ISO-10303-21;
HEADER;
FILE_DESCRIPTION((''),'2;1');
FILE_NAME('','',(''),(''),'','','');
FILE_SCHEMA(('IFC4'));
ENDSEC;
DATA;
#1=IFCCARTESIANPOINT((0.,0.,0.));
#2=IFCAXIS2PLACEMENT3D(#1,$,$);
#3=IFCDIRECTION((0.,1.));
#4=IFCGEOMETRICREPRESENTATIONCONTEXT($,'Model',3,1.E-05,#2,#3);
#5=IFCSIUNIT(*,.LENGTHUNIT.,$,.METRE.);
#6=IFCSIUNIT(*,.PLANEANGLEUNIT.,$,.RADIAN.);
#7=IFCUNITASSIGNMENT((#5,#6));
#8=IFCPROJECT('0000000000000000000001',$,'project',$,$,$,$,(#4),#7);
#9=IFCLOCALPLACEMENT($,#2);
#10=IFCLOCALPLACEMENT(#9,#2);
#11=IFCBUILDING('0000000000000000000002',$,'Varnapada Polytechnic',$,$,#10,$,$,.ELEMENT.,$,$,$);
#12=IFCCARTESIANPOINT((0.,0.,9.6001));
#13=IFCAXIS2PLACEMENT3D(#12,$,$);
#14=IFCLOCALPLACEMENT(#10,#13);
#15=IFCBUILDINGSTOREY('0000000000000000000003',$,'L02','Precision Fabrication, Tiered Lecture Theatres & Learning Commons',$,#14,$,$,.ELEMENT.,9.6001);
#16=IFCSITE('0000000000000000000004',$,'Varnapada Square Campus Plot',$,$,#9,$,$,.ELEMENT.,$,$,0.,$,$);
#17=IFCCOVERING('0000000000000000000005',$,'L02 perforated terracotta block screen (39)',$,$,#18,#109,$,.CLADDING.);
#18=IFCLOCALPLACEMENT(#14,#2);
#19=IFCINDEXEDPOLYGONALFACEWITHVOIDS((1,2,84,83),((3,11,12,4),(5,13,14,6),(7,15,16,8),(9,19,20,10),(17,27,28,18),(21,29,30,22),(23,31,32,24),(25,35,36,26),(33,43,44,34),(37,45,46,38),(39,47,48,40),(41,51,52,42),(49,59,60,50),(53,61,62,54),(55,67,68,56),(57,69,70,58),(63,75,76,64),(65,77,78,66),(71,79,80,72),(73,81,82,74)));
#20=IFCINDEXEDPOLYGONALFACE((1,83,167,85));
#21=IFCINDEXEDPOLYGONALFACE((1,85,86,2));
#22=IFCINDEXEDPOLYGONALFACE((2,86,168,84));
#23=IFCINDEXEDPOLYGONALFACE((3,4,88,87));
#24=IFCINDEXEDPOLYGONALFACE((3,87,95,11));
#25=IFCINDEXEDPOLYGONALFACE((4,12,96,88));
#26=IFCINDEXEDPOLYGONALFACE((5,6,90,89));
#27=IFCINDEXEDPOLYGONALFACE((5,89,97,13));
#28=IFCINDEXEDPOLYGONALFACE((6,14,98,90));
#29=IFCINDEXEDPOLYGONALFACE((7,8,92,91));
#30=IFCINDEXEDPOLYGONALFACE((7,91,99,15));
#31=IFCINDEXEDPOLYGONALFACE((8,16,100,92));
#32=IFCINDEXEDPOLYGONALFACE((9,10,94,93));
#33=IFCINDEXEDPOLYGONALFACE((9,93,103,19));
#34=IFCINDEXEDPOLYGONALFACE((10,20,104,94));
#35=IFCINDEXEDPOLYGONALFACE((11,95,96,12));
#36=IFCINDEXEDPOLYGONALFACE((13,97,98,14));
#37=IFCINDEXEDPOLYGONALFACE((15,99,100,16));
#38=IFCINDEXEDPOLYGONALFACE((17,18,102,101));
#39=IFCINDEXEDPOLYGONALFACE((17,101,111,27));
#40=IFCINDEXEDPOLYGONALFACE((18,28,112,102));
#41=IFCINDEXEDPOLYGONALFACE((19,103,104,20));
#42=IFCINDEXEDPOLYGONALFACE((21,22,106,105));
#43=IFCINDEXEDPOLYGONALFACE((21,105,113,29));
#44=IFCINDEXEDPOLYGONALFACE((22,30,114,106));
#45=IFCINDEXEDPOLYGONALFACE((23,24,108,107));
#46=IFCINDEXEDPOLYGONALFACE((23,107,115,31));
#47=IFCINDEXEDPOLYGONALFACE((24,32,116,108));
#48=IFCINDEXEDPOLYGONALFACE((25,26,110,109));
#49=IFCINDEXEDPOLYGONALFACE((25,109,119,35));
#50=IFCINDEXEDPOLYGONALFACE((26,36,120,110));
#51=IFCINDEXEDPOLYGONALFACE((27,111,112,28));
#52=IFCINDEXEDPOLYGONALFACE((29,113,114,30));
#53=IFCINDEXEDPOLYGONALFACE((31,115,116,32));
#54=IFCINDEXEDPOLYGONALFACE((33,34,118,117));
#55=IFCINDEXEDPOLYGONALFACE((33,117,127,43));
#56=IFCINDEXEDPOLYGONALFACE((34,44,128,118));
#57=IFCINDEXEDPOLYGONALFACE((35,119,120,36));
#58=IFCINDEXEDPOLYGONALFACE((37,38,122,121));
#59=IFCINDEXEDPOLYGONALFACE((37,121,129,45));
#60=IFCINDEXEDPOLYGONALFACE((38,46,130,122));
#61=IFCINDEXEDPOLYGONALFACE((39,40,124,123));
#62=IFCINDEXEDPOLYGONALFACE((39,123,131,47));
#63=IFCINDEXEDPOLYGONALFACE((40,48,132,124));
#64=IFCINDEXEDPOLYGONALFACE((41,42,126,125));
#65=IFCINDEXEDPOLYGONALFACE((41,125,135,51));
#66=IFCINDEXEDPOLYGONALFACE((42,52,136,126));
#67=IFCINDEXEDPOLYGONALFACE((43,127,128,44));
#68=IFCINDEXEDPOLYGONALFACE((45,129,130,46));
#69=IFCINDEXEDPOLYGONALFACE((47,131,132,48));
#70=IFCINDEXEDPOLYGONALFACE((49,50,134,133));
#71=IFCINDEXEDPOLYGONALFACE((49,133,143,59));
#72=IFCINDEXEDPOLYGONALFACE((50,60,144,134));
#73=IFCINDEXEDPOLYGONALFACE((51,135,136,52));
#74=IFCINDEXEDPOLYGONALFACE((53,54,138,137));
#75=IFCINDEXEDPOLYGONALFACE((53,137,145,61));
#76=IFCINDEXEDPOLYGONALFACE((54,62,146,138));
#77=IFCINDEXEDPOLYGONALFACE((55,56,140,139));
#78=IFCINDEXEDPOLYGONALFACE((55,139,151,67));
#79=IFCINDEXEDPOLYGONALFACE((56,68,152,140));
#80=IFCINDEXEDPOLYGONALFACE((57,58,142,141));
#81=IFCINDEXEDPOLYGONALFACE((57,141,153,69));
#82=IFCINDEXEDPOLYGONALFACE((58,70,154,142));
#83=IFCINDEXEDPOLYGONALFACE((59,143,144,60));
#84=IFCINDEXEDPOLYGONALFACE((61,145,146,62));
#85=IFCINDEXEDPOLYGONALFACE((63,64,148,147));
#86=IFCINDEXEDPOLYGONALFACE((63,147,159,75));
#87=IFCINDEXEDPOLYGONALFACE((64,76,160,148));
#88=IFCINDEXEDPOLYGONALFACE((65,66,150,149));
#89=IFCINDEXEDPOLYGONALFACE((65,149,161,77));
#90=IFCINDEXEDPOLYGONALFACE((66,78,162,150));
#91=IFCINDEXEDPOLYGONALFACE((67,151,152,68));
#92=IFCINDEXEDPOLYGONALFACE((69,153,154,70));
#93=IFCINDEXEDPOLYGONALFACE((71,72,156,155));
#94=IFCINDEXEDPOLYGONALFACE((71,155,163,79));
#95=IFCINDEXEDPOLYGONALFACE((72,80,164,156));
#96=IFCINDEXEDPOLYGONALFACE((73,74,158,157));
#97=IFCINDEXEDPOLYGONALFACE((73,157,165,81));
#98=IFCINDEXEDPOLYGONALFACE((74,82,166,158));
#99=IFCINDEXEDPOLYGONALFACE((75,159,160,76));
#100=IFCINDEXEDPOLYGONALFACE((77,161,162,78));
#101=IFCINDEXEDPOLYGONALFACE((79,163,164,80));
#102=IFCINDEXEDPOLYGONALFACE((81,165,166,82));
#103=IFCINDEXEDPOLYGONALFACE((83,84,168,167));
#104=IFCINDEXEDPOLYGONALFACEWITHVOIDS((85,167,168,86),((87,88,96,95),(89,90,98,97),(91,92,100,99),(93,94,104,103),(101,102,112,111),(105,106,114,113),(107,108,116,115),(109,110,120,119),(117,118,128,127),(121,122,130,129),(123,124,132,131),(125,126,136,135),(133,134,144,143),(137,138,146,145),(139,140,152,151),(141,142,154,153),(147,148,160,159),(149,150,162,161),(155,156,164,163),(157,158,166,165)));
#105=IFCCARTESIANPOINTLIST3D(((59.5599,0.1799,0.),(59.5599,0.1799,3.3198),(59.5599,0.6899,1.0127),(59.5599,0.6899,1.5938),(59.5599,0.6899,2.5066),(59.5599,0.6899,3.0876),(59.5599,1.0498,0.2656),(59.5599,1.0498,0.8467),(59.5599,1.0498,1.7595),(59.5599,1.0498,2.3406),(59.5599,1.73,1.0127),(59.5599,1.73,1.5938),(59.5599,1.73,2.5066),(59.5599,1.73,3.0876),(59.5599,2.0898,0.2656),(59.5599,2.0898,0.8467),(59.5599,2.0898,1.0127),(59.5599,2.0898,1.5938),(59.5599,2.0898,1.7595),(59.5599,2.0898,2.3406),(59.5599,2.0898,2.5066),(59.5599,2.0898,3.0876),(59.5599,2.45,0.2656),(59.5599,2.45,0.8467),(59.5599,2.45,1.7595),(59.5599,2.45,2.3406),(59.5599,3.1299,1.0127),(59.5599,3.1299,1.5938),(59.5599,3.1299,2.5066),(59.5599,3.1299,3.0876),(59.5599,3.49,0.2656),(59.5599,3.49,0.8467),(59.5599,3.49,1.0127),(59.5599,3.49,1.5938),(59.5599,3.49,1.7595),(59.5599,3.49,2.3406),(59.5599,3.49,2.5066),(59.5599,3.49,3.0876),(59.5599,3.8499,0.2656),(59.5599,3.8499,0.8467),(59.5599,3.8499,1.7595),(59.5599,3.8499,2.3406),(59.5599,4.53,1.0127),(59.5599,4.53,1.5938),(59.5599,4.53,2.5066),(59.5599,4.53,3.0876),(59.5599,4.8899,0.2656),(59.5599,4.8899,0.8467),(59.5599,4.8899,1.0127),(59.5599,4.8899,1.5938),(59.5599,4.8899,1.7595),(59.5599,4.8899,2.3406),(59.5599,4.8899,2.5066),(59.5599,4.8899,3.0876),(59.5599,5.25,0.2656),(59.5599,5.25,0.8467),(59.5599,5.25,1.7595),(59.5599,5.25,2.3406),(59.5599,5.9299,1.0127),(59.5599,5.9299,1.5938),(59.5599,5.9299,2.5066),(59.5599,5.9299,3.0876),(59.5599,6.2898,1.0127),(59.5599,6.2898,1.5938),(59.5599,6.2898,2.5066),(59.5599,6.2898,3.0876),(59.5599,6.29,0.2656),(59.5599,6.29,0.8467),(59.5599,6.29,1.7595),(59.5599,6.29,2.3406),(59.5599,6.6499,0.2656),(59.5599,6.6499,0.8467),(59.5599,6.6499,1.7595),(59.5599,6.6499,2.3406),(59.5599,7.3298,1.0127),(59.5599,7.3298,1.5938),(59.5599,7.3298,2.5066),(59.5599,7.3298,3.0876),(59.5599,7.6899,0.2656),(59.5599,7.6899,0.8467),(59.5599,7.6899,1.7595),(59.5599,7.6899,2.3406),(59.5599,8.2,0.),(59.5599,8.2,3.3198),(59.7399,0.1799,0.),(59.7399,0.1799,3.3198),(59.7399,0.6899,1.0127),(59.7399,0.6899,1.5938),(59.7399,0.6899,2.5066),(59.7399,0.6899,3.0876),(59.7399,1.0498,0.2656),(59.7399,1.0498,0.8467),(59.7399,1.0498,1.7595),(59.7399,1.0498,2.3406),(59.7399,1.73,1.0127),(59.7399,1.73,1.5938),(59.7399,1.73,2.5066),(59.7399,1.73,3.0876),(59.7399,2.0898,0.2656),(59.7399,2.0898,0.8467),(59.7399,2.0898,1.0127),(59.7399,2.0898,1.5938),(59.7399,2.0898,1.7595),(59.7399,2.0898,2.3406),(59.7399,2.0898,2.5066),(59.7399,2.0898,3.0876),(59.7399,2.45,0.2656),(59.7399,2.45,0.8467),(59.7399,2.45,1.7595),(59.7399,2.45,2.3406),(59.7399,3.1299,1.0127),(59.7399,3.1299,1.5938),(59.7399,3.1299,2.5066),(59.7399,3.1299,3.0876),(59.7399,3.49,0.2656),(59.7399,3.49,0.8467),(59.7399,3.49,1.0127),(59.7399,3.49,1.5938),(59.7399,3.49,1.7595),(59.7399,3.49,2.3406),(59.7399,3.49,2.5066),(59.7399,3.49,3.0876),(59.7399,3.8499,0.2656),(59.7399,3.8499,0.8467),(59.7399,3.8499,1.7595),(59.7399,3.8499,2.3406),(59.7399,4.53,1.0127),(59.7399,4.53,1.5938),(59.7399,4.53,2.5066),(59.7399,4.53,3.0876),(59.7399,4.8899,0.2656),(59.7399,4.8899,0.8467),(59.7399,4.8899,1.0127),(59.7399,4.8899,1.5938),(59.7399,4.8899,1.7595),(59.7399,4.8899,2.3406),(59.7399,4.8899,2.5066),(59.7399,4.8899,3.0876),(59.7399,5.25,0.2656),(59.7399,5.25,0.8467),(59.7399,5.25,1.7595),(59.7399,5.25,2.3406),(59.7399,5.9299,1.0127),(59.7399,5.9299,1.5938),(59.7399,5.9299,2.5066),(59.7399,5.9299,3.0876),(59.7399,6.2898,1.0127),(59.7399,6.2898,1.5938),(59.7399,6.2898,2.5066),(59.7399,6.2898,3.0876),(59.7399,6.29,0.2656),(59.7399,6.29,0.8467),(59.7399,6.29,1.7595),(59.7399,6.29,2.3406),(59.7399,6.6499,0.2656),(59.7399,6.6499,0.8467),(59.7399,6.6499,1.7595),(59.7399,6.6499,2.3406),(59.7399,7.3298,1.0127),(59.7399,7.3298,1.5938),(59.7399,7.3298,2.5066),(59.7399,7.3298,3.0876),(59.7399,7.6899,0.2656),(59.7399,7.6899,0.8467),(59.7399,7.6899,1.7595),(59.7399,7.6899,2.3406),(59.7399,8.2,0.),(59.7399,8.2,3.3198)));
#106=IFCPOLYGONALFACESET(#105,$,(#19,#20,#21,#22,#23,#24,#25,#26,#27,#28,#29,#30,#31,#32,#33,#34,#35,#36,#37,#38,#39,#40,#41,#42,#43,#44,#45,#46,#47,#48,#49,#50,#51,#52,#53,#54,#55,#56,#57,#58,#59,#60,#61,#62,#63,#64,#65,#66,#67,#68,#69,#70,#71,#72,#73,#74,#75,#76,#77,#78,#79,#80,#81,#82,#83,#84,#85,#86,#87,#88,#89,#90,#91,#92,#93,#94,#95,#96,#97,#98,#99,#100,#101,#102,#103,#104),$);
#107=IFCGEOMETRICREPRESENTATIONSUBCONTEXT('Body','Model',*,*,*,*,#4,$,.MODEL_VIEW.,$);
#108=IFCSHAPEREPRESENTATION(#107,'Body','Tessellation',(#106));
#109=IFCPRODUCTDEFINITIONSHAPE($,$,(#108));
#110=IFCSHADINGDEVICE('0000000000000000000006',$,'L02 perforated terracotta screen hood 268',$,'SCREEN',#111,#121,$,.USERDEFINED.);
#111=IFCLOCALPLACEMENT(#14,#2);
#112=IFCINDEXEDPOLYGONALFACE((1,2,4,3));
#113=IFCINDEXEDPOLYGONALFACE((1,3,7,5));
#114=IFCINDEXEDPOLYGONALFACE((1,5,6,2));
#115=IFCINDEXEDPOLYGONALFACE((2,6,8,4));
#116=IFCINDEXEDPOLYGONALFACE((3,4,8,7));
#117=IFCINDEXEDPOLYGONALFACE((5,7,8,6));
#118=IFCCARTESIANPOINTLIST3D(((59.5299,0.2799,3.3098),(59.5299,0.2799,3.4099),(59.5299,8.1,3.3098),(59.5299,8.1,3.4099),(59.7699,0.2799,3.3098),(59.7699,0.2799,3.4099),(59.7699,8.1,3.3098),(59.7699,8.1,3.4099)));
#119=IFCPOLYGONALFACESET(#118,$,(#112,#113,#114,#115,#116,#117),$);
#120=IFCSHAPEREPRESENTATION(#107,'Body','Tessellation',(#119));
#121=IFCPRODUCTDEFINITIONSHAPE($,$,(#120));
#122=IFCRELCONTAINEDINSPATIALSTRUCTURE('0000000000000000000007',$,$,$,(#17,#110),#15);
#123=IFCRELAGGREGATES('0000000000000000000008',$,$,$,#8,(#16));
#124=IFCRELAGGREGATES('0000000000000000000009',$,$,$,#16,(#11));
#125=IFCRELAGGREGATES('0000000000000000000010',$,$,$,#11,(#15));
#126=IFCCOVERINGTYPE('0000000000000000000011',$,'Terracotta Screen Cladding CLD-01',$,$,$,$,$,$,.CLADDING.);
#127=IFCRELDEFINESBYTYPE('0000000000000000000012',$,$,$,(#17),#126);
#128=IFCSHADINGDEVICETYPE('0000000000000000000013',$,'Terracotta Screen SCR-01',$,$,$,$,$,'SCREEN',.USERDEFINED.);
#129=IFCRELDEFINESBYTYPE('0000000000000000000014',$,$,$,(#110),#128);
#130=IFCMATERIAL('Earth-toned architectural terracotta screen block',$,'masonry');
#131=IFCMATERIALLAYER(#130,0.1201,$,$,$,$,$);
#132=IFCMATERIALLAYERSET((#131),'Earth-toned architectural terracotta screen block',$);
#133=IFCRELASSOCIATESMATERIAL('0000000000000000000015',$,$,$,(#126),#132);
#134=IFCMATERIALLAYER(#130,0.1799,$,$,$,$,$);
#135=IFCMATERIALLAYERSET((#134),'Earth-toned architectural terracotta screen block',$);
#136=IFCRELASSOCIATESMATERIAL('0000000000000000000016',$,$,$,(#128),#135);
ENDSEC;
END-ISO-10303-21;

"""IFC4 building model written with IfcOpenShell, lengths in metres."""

from ifc_helpers import new_model, si_unit, direction, frame, frame_2d, origin, origin_2d, place, context, subcontext, project, spatial, rectangle, extrude, material, layer, layer_set, type_object, element, save


model = new_model("IFC4")

# Units and contexts
model_context = context("Model", 3, precision=1e-05, world=origin(), true_north=direction((0.0, 1.0)))
body_context = subcontext(model_context, "Body", "Model", "MODEL_VIEW")
ifc_project = project(units=[si_unit("LENGTHUNIT", "METRE"), si_unit("PLANEANGLEUNIT", "RADIAN")], contexts=[model_context])

# Site, building, storey
site_placement = place(None, origin())
site = spatial("IfcSite", under=ifc_project, at=site_placement, Name="Varnapada Square Campus Plot", CompositionType="ELEMENT", RefElevation=0.0)
building_placement = place(site_placement, origin())
building = spatial("IfcBuilding", under=site, at=building_placement, Name="Varnapada Polytechnic", CompositionType="ELEMENT")
storey_placement = place(building_placement, frame((0.0, 0.0, 9.6001)))
storey = spatial("IfcBuildingStorey", under=building, at=storey_placement, Name="L02", Description="Precision Fabrication, Tiered Lecture Theatres & Learning Commons", CompositionType="ELEMENT", Elevation=9.6001)

# Covering, openings
ifc_material_1 = material(Name="Earth-toned architectural terracotta screen block", Category="masonry")
ifc_layer_1 = layer(ifc_material_1, 0.1201)
ifc_layer_set_1 = layer_set([ifc_layer_1], Name="Earth-toned architectural terracotta screen block")
covering_type = type_object("IfcCoveringType", Name="Terracotta Screen Cladding CLD-01", PredefinedType="CLADDING", material=ifc_layer_set_1)
covering_placement = place(storey_placement, frame((59.6499, 8.2, 0.0), z_axis=(0.0, 0.0, 1.0), x_axis=(0.0, -1.0, 0.0)))
covering = element("IfcCovering", 1, at=covering_placement, inside=storey, type_object=covering_type, Name="L02 perforated terracotta block screen (39)", PredefinedType="CLADDING", context=body_context, shape_type="SweptSolid", body=[
    extrude(rectangle(XDim=8.02, YDim=0.1799, at=frame_2d((4.01, 0.0))), origin(), (0.0, 0.0, 1.0), 3.3198),
])
opening_1_placement = place(covering_placement, frame((0.51, 0.0, 0.2656)))
element("IfcOpeningElement", 2, at=opening_1_placement, cuts=covering, PredefinedType="OPENING", context=body_context, shape_type="SweptSolid", body=[
    extrude(rectangle(XDim=1.04, YDim=0.5811, at=frame_2d((0.52, 0.2905))), frame((0.0, 0.0999, 0.0), z_axis=(0.0, -1.0, 0.0), x_axis=(1.0, 0.0, 0.0)), (0.0, 0.0, 1.0), 0.2),
])
opening_2_placement = place(covering_placement, frame((1.9099, 0.0, 0.2656)))
element("IfcOpeningElement", 3, at=opening_2_placement, cuts=covering, PredefinedType="OPENING", context=body_context, shape_type="SweptSolid", body=[
    extrude(rectangle(XDim=1.04, YDim=0.5811, at=frame_2d((0.52, 0.2905))), frame((0.0, 0.0999, 0.0), z_axis=(0.0, -1.0, 0.0), x_axis=(1.0, 0.0, 0.0)), (0.0, 0.0, 1.0), 0.2),
])
opening_3_placement = place(covering_placement, frame((3.3101, 0.0, 0.2656)))
element("IfcOpeningElement", 4, at=opening_3_placement, cuts=covering, PredefinedType="OPENING", context=body_context, shape_type="SweptSolid", body=[
    extrude(rectangle(XDim=1.04, YDim=0.5811, at=frame_2d((0.52, 0.2905))), frame((0.0, 0.0999, 0.0), z_axis=(0.0, -1.0, 0.0), x_axis=(1.0, 0.0, 0.0)), (0.0, 0.0, 1.0), 0.2),
])
opening_4_placement = place(covering_placement, frame((4.71, 0.0, 0.2656)))
element("IfcOpeningElement", 5, at=opening_4_placement, cuts=covering, PredefinedType="OPENING", context=body_context, shape_type="SweptSolid", body=[
    extrude(rectangle(XDim=1.04, YDim=0.5811, at=frame_2d((0.52, 0.2905))), frame((0.0, 0.0999, 0.0), z_axis=(0.0, -1.0, 0.0), x_axis=(1.0, 0.0, 0.0)), (0.0, 0.0, 1.0), 0.2),
])
opening_5_placement = place(covering_placement, frame((6.1101, 0.0, 0.2656)))
element("IfcOpeningElement", 6, at=opening_5_placement, cuts=covering, PredefinedType="OPENING", context=body_context, shape_type="SweptSolid", body=[
    extrude(rectangle(XDim=1.04, YDim=0.5811, at=frame_2d((0.52, 0.2905))), frame((0.0, 0.0999, 0.0), z_axis=(0.0, -1.0, 0.0), x_axis=(1.0, 0.0, 0.0)), (0.0, 0.0, 1.0), 0.2),
])
opening_6_placement = place(covering_placement, frame((0.8701, 0.0, 1.0127)))
element("IfcOpeningElement", 7, at=opening_6_placement, cuts=covering, PredefinedType="OPENING", context=body_context, shape_type="SweptSolid", body=[
    extrude(rectangle(XDim=1.04, YDim=0.5811, at=frame_2d((0.52, 0.2905))), frame((0.0, 0.0999, 0.0), z_axis=(0.0, -1.0, 0.0), x_axis=(1.0, 0.0, 0.0)), (0.0, 0.0, 1.0), 0.2),
])
opening_7_placement = place(covering_placement, frame((2.27, 0.0, 1.0127)))
element("IfcOpeningElement", 8, at=opening_7_placement, cuts=covering, PredefinedType="OPENING", context=body_context, shape_type="SweptSolid", body=[
    extrude(rectangle(XDim=1.04, YDim=0.5811, at=frame_2d((0.52, 0.2905))), frame((0.0, 0.0999, 0.0), z_axis=(0.0, -1.0, 0.0), x_axis=(1.0, 0.0, 0.0)), (0.0, 0.0, 1.0), 0.2),
])
opening_8_placement = place(covering_placement, frame((3.6699, 0.0, 1.0127)))
element("IfcOpeningElement", 9, at=opening_8_placement, cuts=covering, PredefinedType="OPENING", context=body_context, shape_type="SweptSolid", body=[
    extrude(rectangle(XDim=1.04, YDim=0.5811, at=frame_2d((0.52, 0.2905))), frame((0.0, 0.0999, 0.0), z_axis=(0.0, -1.0, 0.0), x_axis=(1.0, 0.0, 0.0)), (0.0, 0.0, 1.0), 0.2),
])
opening_9_placement = place(covering_placement, frame((5.0701, 0.0, 1.0127)))
element("IfcOpeningElement", 10, at=opening_9_placement, cuts=covering, PredefinedType="OPENING", context=body_context, shape_type="SweptSolid", body=[
    extrude(rectangle(XDim=1.04, YDim=0.5811, at=frame_2d((0.52, 0.2905))), frame((0.0, 0.0999, 0.0), z_axis=(0.0, -1.0, 0.0), x_axis=(1.0, 0.0, 0.0)), (0.0, 0.0, 1.0), 0.2),
])
opening_10_placement = place(covering_placement, frame((6.47, 0.0, 1.0127)))
element("IfcOpeningElement", 11, at=opening_10_placement, cuts=covering, PredefinedType="OPENING", context=body_context, shape_type="SweptSolid", body=[
    extrude(rectangle(XDim=1.04, YDim=0.5811, at=frame_2d((0.52, 0.2905))), frame((0.0, 0.0999, 0.0), z_axis=(0.0, -1.0, 0.0), x_axis=(1.0, 0.0, 0.0)), (0.0, 0.0, 1.0), 0.2),
])
opening_11_placement = place(covering_placement, frame((0.51, 0.0, 1.7595)))
element("IfcOpeningElement", 12, at=opening_11_placement, cuts=covering, PredefinedType="OPENING", context=body_context, shape_type="SweptSolid", body=[
    extrude(rectangle(XDim=1.04, YDim=0.5811, at=frame_2d((0.52, 0.2905))), frame((0.0, 0.0999, 0.0), z_axis=(0.0, -1.0, 0.0), x_axis=(1.0, 0.0, 0.0)), (0.0, 0.0, 1.0), 0.2),
])
opening_12_placement = place(covering_placement, frame((1.9099, 0.0, 1.7595)))
element("IfcOpeningElement", 13, at=opening_12_placement, cuts=covering, PredefinedType="OPENING", context=body_context, shape_type="SweptSolid", body=[
    extrude(rectangle(XDim=1.04, YDim=0.5811, at=frame_2d((0.52, 0.2905))), frame((0.0, 0.0999, 0.0), z_axis=(0.0, -1.0, 0.0), x_axis=(1.0, 0.0, 0.0)), (0.0, 0.0, 1.0), 0.2),
])
opening_13_placement = place(covering_placement, frame((3.3101, 0.0, 1.7595)))
element("IfcOpeningElement", 14, at=opening_13_placement, cuts=covering, PredefinedType="OPENING", context=body_context, shape_type="SweptSolid", body=[
    extrude(rectangle(XDim=1.04, YDim=0.5811, at=frame_2d((0.52, 0.2905))), frame((0.0, 0.0999, 0.0), z_axis=(0.0, -1.0, 0.0), x_axis=(1.0, 0.0, 0.0)), (0.0, 0.0, 1.0), 0.2),
])
opening_14_placement = place(covering_placement, frame((4.71, 0.0, 1.7595)))
element("IfcOpeningElement", 15, at=opening_14_placement, cuts=covering, PredefinedType="OPENING", context=body_context, shape_type="SweptSolid", body=[
    extrude(rectangle(XDim=1.04, YDim=0.5811, at=frame_2d((0.52, 0.2905))), frame((0.0, 0.0999, 0.0), z_axis=(0.0, -1.0, 0.0), x_axis=(1.0, 0.0, 0.0)), (0.0, 0.0, 1.0), 0.2),
])
opening_15_placement = place(covering_placement, frame((6.1101, 0.0, 1.7595)))
element("IfcOpeningElement", 16, at=opening_15_placement, cuts=covering, PredefinedType="OPENING", context=body_context, shape_type="SweptSolid", body=[
    extrude(rectangle(XDim=1.04, YDim=0.5811, at=frame_2d((0.52, 0.2905))), frame((0.0, 0.0999, 0.0), z_axis=(0.0, -1.0, 0.0), x_axis=(1.0, 0.0, 0.0)), (0.0, 0.0, 1.0), 0.2),
])
opening_16_placement = place(covering_placement, frame((0.8701, 0.0, 2.5066)))
element("IfcOpeningElement", 17, at=opening_16_placement, cuts=covering, PredefinedType="OPENING", context=body_context, shape_type="SweptSolid", body=[
    extrude(rectangle(XDim=1.04, YDim=0.5811, at=frame_2d((0.52, 0.2905))), frame((0.0, 0.0999, 0.0), z_axis=(0.0, -1.0, 0.0), x_axis=(1.0, 0.0, 0.0)), (0.0, 0.0, 1.0), 0.2),
])
opening_17_placement = place(covering_placement, frame((2.27, 0.0, 2.5066)))
element("IfcOpeningElement", 18, at=opening_17_placement, cuts=covering, PredefinedType="OPENING", context=body_context, shape_type="SweptSolid", body=[
    extrude(rectangle(XDim=1.04, YDim=0.5811, at=frame_2d((0.52, 0.2905))), frame((0.0, 0.0999, 0.0), z_axis=(0.0, -1.0, 0.0), x_axis=(1.0, 0.0, 0.0)), (0.0, 0.0, 1.0), 0.2),
])
opening_18_placement = place(covering_placement, frame((3.6699, 0.0, 2.5066)))
element("IfcOpeningElement", 19, at=opening_18_placement, cuts=covering, PredefinedType="OPENING", context=body_context, shape_type="SweptSolid", body=[
    extrude(rectangle(XDim=1.04, YDim=0.5811, at=frame_2d((0.52, 0.2905))), frame((0.0, 0.0999, 0.0), z_axis=(0.0, -1.0, 0.0), x_axis=(1.0, 0.0, 0.0)), (0.0, 0.0, 1.0), 0.2),
])
opening_19_placement = place(covering_placement, frame((5.0701, 0.0, 2.5066)))
element("IfcOpeningElement", 20, at=opening_19_placement, cuts=covering, PredefinedType="OPENING", context=body_context, shape_type="SweptSolid", body=[
    extrude(rectangle(XDim=1.04, YDim=0.5811, at=frame_2d((0.52, 0.2905))), frame((0.0, 0.0999, 0.0), z_axis=(0.0, -1.0, 0.0), x_axis=(1.0, 0.0, 0.0)), (0.0, 0.0, 1.0), 0.2),
])
opening_20_placement = place(covering_placement, frame((6.47, 0.0, 2.5066)))
element("IfcOpeningElement", 21, at=opening_20_placement, cuts=covering, PredefinedType="OPENING", context=body_context, shape_type="SweptSolid", body=[
    extrude(rectangle(XDim=1.04, YDim=0.5811, at=frame_2d((0.52, 0.2905))), frame((0.0, 0.0999, 0.0), z_axis=(0.0, -1.0, 0.0), x_axis=(1.0, 0.0, 0.0)), (0.0, 0.0, 1.0), 0.2),
])

# Shading device
ifc_layer_2 = layer(ifc_material_1, 0.1799)
ifc_layer_set_2 = layer_set([ifc_layer_2], Name="Earth-toned architectural terracotta screen block")
shading_device_type = type_object("IfcShadingDeviceType", Name="Terracotta Screen SCR-01", ElementType="SCREEN", PredefinedType="USERDEFINED", material=ifc_layer_set_2)
shading_device_1_placement = place(storey_placement, frame((59.6499, 4.1899, 3.3098), z_axis=(0.0, 0.0, 1.0), x_axis=(0.0, -1.0, 0.0)))
element("IfcShadingDevice", 22, at=shading_device_1_placement, inside=storey, type_object=shading_device_type, Name="L02 perforated terracotta screen hood 268", ObjectType="SCREEN", PredefinedType="USERDEFINED", context=body_context, shape_type="SweptSolid", body=[
    extrude(rectangle(XDim=7.8201, YDim=0.24, at=origin_2d()), origin(), (0.0, 0.0, 1.0), 0.1001),
])

save(model, "model.ifc")
